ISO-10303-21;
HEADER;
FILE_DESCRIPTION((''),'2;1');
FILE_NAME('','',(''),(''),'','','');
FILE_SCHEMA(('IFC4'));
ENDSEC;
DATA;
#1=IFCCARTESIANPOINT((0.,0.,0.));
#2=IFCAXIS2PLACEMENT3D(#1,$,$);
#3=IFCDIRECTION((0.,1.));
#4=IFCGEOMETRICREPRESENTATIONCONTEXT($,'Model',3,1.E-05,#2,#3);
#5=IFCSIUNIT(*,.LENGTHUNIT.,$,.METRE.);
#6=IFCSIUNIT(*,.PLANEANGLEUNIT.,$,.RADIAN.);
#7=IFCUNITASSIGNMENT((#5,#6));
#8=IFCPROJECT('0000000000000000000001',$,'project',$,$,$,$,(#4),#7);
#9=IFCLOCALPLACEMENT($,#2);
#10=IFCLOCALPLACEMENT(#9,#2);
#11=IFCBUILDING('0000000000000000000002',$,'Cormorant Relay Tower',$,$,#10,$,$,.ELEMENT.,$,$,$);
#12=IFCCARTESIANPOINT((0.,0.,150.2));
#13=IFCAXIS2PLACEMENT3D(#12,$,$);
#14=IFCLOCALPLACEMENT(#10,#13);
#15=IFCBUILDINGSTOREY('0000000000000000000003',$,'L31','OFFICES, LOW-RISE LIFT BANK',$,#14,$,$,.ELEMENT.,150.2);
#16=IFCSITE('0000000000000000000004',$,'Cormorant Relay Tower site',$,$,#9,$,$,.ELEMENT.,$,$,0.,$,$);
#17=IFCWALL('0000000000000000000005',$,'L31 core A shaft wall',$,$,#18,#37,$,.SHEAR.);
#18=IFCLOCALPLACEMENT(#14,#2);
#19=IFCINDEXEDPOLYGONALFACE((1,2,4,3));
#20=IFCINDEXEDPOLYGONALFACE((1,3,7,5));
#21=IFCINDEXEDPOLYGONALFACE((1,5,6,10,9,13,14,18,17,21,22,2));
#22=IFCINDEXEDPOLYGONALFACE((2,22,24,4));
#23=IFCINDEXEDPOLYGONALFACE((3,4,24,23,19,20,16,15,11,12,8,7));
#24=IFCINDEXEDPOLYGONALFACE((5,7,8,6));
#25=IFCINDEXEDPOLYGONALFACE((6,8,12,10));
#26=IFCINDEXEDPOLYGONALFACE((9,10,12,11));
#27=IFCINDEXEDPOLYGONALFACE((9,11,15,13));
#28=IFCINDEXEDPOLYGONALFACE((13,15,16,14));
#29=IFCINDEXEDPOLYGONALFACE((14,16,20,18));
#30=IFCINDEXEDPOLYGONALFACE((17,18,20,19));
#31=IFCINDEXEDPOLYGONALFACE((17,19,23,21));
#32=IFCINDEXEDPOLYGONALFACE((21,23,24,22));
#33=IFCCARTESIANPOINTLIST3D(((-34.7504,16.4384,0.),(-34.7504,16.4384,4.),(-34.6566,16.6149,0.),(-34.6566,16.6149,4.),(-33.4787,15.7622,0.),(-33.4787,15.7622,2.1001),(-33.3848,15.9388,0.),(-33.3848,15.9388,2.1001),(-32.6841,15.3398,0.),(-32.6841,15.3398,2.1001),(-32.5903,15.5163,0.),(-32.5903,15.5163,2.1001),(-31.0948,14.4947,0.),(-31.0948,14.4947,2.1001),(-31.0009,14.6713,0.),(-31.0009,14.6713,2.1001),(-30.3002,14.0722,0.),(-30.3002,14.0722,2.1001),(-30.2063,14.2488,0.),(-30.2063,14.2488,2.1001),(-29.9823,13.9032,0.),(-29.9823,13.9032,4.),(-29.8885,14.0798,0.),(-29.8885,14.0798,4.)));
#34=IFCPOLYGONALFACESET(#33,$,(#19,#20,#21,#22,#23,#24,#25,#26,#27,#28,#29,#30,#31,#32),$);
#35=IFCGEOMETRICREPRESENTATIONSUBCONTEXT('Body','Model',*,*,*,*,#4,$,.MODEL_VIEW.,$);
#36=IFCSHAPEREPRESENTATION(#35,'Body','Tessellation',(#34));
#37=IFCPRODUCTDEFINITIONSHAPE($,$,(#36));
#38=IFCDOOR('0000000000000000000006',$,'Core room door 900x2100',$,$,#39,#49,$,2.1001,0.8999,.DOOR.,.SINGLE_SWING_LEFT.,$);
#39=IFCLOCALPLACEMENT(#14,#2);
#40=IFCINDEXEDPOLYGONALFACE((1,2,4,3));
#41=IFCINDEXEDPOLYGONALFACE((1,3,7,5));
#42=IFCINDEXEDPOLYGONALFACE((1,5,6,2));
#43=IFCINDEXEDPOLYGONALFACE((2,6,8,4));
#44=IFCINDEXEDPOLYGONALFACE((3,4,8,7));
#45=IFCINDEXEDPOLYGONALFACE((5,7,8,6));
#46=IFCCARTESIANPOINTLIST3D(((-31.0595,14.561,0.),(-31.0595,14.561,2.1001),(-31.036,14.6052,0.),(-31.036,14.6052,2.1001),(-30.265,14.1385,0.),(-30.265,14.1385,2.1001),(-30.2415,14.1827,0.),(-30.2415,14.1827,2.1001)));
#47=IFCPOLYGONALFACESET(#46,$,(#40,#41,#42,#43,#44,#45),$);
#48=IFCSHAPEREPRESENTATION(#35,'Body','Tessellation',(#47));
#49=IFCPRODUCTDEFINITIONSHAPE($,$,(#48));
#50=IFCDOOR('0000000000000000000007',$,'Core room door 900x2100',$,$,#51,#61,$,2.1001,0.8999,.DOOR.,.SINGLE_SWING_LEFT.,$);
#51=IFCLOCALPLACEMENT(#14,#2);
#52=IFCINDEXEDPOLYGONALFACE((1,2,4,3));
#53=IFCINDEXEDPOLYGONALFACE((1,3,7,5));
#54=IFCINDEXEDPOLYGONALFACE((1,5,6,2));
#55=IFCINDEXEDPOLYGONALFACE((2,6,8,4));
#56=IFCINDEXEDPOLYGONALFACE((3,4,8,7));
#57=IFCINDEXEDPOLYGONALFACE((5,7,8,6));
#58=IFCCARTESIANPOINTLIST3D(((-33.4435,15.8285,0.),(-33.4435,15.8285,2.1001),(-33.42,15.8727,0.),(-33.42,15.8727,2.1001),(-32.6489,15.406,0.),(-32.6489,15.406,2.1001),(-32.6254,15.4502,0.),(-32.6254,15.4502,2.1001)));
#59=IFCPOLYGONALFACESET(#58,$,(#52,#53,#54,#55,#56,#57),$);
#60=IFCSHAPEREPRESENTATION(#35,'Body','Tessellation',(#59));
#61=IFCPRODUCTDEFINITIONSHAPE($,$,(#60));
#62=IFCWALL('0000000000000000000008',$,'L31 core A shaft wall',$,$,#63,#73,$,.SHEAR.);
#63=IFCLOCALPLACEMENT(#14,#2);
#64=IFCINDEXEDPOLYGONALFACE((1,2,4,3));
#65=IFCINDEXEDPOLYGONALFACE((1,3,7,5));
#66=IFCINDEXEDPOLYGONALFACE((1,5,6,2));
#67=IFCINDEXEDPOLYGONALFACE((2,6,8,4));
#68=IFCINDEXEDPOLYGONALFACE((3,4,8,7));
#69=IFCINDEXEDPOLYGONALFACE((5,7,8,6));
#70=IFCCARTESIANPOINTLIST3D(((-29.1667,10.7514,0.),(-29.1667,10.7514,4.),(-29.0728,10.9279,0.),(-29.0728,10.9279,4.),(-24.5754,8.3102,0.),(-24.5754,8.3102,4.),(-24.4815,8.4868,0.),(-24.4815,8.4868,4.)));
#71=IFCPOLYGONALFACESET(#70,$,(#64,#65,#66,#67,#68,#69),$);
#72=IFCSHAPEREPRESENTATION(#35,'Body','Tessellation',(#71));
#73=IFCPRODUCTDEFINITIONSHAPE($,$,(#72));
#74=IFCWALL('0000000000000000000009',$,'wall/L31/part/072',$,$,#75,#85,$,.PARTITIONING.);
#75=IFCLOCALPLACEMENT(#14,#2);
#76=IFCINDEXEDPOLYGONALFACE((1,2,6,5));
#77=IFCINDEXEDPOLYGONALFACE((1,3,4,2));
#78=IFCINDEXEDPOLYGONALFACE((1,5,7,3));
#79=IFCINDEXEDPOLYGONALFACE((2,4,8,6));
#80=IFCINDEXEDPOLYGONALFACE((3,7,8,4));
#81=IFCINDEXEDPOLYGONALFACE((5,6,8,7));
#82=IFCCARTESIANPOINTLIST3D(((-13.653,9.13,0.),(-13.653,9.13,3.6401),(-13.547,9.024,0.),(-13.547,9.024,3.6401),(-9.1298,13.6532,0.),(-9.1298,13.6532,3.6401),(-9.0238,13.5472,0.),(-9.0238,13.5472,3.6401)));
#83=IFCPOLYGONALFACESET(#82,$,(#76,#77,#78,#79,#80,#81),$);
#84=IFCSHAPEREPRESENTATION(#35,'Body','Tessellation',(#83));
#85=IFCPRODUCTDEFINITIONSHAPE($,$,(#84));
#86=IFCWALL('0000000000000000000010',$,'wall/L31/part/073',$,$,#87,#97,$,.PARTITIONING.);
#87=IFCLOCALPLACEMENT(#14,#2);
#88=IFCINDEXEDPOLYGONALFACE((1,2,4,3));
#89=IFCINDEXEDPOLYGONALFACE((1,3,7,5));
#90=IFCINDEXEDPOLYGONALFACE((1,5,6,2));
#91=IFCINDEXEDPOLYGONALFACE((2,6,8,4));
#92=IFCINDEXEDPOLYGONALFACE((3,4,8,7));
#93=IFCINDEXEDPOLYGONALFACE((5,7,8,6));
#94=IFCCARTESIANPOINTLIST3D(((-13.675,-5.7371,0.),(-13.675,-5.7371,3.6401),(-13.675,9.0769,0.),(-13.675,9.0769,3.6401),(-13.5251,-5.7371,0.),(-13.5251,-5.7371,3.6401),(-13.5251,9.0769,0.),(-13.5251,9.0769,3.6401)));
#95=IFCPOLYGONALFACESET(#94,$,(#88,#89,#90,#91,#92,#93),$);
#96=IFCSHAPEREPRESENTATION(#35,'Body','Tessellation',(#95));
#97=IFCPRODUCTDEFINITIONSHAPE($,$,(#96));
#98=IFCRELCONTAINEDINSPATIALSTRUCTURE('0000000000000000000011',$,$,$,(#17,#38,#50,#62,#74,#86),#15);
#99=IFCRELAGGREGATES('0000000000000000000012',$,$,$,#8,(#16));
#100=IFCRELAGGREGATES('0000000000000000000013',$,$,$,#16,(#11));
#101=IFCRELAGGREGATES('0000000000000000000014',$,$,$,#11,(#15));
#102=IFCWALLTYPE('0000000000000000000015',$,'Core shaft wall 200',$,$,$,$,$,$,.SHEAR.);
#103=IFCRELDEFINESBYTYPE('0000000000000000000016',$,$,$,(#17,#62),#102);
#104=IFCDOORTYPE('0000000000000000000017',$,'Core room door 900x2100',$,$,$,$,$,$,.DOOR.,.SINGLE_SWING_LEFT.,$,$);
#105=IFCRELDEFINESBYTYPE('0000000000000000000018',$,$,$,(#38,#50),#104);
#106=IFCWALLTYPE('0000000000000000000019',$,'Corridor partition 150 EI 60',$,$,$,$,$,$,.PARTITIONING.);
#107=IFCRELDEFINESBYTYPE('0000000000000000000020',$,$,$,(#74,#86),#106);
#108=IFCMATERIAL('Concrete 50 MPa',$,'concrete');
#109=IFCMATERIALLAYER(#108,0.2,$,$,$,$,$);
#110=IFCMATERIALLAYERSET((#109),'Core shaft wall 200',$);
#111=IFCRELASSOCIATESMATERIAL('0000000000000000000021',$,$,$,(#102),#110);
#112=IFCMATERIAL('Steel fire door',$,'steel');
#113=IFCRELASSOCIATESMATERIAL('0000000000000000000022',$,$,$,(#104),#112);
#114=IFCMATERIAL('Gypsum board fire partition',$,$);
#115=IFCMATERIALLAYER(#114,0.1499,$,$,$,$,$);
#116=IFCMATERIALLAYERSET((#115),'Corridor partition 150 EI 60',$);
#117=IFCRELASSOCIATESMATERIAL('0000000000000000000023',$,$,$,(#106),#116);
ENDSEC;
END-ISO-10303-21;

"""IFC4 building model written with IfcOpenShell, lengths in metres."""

from ifc_helpers import new_model, si_unit, direction, frame, frame_2d, origin, place, context, subcontext, project, spatial, rectangle, extrude, material, layer, layer_set, type_object, element, fill, save


model = new_model("IFC4")

# Units and contexts
model_context = context("Model", 3, precision=1e-05, world=origin(), true_north=direction((0.0, 1.0)))
body_context = subcontext(model_context, "Body", "Model", "MODEL_VIEW")
ifc_project = project(units=[si_unit("LENGTHUNIT", "METRE"), si_unit("PLANEANGLEUNIT", "RADIAN")], contexts=[model_context])

# Site, building, storey
site_placement = place(None, origin())
site = spatial("IfcSite", under=ifc_project, at=site_placement, Name="Cormorant Relay Tower site", CompositionType="ELEMENT", RefElevation=0.0)
building_placement = place(site_placement, origin())
building = spatial("IfcBuilding", under=site, at=building_placement, Name="Cormorant Relay Tower", CompositionType="ELEMENT")
storey_placement = place(building_placement, frame((0.0, 0.0, 150.2)))
storey = spatial("IfcBuildingStorey", under=building, at=storey_placement, Name="L31", Description="OFFICES, LOW-RISE LIFT BANK", CompositionType="ELEMENT", Elevation=150.2)

# Shared definitions
ifc_material_1 = material(Name="Concrete 50 MPa", Category="concrete")
ifc_layer_1 = layer(ifc_material_1, 0.2)
ifc_layer_set_1 = layer_set([ifc_layer_1], Name="Core shaft wall 200")
wall_type_1 = type_object("IfcWallType", Name="Core shaft wall 200", PredefinedType="SHEAR", material=ifc_layer_set_1)

# Shared definitions
ifc_material_2 = material(Name="Steel fire door", Category="steel")
door_type_1 = type_object("IfcDoorType", Name="Core room door 900x2100", OperationType="SINGLE_SWING_LEFT", PredefinedType="DOOR", material=ifc_material_2)

# Wall, openings, doors
wall_1_placement = place(storey_placement, frame((-29.9353, 13.9915, 0.0), z_axis=(0.0, 0.0, 1.0), x_axis=(-0.882953, 0.469462, 0.0)))
wall_1 = element("IfcWall", 1, at=wall_1_placement, inside=storey, type_object=wall_type_1, Name="L31 core A shaft wall", PredefinedType="SHEAR", context=body_context, shape_type="SweptSolid", body=[
    extrude(rectangle(XDim=5.4001, YDim=0.2, at=frame_2d((2.7002, 0.0))), origin(), (0.0, 0.0, 1.0), 4.0),
])
opening_1_placement = place(wall_1_placement, frame((0.3601, 0.0, 0.0)))
opening_1 = element("IfcOpeningElement", 2, at=opening_1_placement, cuts=wall_1, PredefinedType="OPENING", context=body_context, shape_type="SweptSolid", body=[
    extrude(rectangle(XDim=0.8999, YDim=2.1001, at=frame_2d((0.45, 1.05))), frame((0.0, 0.1099, 0.0), z_axis=(0.0, -1.0, 0.0), x_axis=(1.0, 0.0, 0.0)), (0.0, 0.0, 1.0), 0.22),
])
opening_2_placement = place(wall_1_placement, frame((3.0601, 0.0, 0.0)))
opening_2 = element("IfcOpeningElement", 3, at=opening_2_placement, cuts=wall_1, PredefinedType="OPENING", context=body_context, shape_type="SweptSolid", body=[
    extrude(rectangle(XDim=0.8999, YDim=2.1001, at=frame_2d((0.45, 1.05))), frame((0.0, 0.1099, 0.0), z_axis=(0.0, -1.0, 0.0), x_axis=(1.0, 0.0, 0.0)), (0.0, 0.0, 1.0), 0.22),
])
door_1_placement = place(opening_1_placement, origin())
door_1 = element("IfcDoor", 4, at=door_1_placement, inside=storey, type_object=door_type_1, Name="Core room door 900x2100", OperationType="SINGLE_SWING_LEFT", OverallHeight=2.1001, OverallWidth=0.8999, PredefinedType="DOOR", context=body_context, shape_type="SweptSolid", body=[
    extrude(rectangle(XDim=0.8999, YDim=2.1001, at=frame_2d((0.45, 1.05))), frame((0.0, 0.0249, 0.0), z_axis=(0.0, -1.0, 0.0), x_axis=(1.0, 0.0, 0.0)), (0.0, 0.0, 1.0), 0.05),
])
fill(opening_1, door_1)
door_2_placement = place(opening_2_placement, origin())
door_2 = element("IfcDoor", 5, at=door_2_placement, inside=storey, type_object=door_type_1, Name="Core room door 900x2100", OperationType="SINGLE_SWING_LEFT", OverallHeight=2.1001, OverallWidth=0.8999, PredefinedType="DOOR", context=body_context, shape_type="SweptSolid", body=[
    extrude(rectangle(XDim=0.8999, YDim=2.1001, at=frame_2d((0.45, 1.05))), frame((0.0, 0.0249, 0.0), z_axis=(0.0, -1.0, 0.0), x_axis=(1.0, 0.0, 0.0)), (0.0, 0.0, 1.0), 0.05),
])
fill(opening_2, door_2)

# Walls
wall_2_placement = place(storey_placement, frame((-24.5283, 8.3984, 0.0), z_axis=(0.0, 0.0, 1.0), x_axis=(-0.882954, 0.46946, 0.0)))
element("IfcWall", 6, at=wall_2_placement, inside=storey, type_object=wall_type_1, Name="L31 core A shaft wall", PredefinedType="SHEAR", context=body_context, shape_type="SweptSolid", body=[
    extrude(rectangle(XDim=5.2, YDim=0.2, at=frame_2d((2.6001, 0.0))), origin(), (0.0, 0.0, 1.0), 4.0),
])
ifc_material_3 = material(Name="Gypsum board fire partition")
ifc_layer_2 = layer(ifc_material_3, 0.1499)
ifc_layer_set_2 = layer_set([ifc_layer_2], Name="Corridor partition 150 EI 60")
wall_type_2 = type_object("IfcWallType", Name="Corridor partition 150 EI 60", PredefinedType="PARTITIONING", material=ifc_layer_set_2)
wall_3_placement = place(storey_placement, frame((-9.0769, 13.6001, 0.0), z_axis=(0.0, 0.0, 1.0), x_axis=(-0.707107, -0.707107, 0.0)))
element("IfcWall", 7, at=wall_3_placement, inside=storey, type_object=wall_type_2, Name="wall/L31/part/072", PredefinedType="PARTITIONING", context=body_context, shape_type="SweptSolid", body=[
    extrude(rectangle(XDim=6.3967, YDim=0.1499, at=frame_2d((3.1982, 0.0))), origin(), (0.0, 0.0, 1.0), 3.6401),
])
wall_4_placement = place(storey_placement, frame((-13.6001, 9.0769, 0.0), z_axis=(0.0, 0.0, 1.0), x_axis=(0.0, -1.0, 0.0)))
element("IfcWall", 8, at=wall_4_placement, inside=storey, type_object=wall_type_2, Name="wall/L31/part/073", PredefinedType="PARTITIONING", context=body_context, shape_type="SweptSolid", body=[
    extrude(rectangle(XDim=14.814, YDim=0.1499, at=frame_2d((7.407, 0.0))), origin(), (0.0, 0.0, 1.0), 3.6401),
])

save(model, "model.ifc")
